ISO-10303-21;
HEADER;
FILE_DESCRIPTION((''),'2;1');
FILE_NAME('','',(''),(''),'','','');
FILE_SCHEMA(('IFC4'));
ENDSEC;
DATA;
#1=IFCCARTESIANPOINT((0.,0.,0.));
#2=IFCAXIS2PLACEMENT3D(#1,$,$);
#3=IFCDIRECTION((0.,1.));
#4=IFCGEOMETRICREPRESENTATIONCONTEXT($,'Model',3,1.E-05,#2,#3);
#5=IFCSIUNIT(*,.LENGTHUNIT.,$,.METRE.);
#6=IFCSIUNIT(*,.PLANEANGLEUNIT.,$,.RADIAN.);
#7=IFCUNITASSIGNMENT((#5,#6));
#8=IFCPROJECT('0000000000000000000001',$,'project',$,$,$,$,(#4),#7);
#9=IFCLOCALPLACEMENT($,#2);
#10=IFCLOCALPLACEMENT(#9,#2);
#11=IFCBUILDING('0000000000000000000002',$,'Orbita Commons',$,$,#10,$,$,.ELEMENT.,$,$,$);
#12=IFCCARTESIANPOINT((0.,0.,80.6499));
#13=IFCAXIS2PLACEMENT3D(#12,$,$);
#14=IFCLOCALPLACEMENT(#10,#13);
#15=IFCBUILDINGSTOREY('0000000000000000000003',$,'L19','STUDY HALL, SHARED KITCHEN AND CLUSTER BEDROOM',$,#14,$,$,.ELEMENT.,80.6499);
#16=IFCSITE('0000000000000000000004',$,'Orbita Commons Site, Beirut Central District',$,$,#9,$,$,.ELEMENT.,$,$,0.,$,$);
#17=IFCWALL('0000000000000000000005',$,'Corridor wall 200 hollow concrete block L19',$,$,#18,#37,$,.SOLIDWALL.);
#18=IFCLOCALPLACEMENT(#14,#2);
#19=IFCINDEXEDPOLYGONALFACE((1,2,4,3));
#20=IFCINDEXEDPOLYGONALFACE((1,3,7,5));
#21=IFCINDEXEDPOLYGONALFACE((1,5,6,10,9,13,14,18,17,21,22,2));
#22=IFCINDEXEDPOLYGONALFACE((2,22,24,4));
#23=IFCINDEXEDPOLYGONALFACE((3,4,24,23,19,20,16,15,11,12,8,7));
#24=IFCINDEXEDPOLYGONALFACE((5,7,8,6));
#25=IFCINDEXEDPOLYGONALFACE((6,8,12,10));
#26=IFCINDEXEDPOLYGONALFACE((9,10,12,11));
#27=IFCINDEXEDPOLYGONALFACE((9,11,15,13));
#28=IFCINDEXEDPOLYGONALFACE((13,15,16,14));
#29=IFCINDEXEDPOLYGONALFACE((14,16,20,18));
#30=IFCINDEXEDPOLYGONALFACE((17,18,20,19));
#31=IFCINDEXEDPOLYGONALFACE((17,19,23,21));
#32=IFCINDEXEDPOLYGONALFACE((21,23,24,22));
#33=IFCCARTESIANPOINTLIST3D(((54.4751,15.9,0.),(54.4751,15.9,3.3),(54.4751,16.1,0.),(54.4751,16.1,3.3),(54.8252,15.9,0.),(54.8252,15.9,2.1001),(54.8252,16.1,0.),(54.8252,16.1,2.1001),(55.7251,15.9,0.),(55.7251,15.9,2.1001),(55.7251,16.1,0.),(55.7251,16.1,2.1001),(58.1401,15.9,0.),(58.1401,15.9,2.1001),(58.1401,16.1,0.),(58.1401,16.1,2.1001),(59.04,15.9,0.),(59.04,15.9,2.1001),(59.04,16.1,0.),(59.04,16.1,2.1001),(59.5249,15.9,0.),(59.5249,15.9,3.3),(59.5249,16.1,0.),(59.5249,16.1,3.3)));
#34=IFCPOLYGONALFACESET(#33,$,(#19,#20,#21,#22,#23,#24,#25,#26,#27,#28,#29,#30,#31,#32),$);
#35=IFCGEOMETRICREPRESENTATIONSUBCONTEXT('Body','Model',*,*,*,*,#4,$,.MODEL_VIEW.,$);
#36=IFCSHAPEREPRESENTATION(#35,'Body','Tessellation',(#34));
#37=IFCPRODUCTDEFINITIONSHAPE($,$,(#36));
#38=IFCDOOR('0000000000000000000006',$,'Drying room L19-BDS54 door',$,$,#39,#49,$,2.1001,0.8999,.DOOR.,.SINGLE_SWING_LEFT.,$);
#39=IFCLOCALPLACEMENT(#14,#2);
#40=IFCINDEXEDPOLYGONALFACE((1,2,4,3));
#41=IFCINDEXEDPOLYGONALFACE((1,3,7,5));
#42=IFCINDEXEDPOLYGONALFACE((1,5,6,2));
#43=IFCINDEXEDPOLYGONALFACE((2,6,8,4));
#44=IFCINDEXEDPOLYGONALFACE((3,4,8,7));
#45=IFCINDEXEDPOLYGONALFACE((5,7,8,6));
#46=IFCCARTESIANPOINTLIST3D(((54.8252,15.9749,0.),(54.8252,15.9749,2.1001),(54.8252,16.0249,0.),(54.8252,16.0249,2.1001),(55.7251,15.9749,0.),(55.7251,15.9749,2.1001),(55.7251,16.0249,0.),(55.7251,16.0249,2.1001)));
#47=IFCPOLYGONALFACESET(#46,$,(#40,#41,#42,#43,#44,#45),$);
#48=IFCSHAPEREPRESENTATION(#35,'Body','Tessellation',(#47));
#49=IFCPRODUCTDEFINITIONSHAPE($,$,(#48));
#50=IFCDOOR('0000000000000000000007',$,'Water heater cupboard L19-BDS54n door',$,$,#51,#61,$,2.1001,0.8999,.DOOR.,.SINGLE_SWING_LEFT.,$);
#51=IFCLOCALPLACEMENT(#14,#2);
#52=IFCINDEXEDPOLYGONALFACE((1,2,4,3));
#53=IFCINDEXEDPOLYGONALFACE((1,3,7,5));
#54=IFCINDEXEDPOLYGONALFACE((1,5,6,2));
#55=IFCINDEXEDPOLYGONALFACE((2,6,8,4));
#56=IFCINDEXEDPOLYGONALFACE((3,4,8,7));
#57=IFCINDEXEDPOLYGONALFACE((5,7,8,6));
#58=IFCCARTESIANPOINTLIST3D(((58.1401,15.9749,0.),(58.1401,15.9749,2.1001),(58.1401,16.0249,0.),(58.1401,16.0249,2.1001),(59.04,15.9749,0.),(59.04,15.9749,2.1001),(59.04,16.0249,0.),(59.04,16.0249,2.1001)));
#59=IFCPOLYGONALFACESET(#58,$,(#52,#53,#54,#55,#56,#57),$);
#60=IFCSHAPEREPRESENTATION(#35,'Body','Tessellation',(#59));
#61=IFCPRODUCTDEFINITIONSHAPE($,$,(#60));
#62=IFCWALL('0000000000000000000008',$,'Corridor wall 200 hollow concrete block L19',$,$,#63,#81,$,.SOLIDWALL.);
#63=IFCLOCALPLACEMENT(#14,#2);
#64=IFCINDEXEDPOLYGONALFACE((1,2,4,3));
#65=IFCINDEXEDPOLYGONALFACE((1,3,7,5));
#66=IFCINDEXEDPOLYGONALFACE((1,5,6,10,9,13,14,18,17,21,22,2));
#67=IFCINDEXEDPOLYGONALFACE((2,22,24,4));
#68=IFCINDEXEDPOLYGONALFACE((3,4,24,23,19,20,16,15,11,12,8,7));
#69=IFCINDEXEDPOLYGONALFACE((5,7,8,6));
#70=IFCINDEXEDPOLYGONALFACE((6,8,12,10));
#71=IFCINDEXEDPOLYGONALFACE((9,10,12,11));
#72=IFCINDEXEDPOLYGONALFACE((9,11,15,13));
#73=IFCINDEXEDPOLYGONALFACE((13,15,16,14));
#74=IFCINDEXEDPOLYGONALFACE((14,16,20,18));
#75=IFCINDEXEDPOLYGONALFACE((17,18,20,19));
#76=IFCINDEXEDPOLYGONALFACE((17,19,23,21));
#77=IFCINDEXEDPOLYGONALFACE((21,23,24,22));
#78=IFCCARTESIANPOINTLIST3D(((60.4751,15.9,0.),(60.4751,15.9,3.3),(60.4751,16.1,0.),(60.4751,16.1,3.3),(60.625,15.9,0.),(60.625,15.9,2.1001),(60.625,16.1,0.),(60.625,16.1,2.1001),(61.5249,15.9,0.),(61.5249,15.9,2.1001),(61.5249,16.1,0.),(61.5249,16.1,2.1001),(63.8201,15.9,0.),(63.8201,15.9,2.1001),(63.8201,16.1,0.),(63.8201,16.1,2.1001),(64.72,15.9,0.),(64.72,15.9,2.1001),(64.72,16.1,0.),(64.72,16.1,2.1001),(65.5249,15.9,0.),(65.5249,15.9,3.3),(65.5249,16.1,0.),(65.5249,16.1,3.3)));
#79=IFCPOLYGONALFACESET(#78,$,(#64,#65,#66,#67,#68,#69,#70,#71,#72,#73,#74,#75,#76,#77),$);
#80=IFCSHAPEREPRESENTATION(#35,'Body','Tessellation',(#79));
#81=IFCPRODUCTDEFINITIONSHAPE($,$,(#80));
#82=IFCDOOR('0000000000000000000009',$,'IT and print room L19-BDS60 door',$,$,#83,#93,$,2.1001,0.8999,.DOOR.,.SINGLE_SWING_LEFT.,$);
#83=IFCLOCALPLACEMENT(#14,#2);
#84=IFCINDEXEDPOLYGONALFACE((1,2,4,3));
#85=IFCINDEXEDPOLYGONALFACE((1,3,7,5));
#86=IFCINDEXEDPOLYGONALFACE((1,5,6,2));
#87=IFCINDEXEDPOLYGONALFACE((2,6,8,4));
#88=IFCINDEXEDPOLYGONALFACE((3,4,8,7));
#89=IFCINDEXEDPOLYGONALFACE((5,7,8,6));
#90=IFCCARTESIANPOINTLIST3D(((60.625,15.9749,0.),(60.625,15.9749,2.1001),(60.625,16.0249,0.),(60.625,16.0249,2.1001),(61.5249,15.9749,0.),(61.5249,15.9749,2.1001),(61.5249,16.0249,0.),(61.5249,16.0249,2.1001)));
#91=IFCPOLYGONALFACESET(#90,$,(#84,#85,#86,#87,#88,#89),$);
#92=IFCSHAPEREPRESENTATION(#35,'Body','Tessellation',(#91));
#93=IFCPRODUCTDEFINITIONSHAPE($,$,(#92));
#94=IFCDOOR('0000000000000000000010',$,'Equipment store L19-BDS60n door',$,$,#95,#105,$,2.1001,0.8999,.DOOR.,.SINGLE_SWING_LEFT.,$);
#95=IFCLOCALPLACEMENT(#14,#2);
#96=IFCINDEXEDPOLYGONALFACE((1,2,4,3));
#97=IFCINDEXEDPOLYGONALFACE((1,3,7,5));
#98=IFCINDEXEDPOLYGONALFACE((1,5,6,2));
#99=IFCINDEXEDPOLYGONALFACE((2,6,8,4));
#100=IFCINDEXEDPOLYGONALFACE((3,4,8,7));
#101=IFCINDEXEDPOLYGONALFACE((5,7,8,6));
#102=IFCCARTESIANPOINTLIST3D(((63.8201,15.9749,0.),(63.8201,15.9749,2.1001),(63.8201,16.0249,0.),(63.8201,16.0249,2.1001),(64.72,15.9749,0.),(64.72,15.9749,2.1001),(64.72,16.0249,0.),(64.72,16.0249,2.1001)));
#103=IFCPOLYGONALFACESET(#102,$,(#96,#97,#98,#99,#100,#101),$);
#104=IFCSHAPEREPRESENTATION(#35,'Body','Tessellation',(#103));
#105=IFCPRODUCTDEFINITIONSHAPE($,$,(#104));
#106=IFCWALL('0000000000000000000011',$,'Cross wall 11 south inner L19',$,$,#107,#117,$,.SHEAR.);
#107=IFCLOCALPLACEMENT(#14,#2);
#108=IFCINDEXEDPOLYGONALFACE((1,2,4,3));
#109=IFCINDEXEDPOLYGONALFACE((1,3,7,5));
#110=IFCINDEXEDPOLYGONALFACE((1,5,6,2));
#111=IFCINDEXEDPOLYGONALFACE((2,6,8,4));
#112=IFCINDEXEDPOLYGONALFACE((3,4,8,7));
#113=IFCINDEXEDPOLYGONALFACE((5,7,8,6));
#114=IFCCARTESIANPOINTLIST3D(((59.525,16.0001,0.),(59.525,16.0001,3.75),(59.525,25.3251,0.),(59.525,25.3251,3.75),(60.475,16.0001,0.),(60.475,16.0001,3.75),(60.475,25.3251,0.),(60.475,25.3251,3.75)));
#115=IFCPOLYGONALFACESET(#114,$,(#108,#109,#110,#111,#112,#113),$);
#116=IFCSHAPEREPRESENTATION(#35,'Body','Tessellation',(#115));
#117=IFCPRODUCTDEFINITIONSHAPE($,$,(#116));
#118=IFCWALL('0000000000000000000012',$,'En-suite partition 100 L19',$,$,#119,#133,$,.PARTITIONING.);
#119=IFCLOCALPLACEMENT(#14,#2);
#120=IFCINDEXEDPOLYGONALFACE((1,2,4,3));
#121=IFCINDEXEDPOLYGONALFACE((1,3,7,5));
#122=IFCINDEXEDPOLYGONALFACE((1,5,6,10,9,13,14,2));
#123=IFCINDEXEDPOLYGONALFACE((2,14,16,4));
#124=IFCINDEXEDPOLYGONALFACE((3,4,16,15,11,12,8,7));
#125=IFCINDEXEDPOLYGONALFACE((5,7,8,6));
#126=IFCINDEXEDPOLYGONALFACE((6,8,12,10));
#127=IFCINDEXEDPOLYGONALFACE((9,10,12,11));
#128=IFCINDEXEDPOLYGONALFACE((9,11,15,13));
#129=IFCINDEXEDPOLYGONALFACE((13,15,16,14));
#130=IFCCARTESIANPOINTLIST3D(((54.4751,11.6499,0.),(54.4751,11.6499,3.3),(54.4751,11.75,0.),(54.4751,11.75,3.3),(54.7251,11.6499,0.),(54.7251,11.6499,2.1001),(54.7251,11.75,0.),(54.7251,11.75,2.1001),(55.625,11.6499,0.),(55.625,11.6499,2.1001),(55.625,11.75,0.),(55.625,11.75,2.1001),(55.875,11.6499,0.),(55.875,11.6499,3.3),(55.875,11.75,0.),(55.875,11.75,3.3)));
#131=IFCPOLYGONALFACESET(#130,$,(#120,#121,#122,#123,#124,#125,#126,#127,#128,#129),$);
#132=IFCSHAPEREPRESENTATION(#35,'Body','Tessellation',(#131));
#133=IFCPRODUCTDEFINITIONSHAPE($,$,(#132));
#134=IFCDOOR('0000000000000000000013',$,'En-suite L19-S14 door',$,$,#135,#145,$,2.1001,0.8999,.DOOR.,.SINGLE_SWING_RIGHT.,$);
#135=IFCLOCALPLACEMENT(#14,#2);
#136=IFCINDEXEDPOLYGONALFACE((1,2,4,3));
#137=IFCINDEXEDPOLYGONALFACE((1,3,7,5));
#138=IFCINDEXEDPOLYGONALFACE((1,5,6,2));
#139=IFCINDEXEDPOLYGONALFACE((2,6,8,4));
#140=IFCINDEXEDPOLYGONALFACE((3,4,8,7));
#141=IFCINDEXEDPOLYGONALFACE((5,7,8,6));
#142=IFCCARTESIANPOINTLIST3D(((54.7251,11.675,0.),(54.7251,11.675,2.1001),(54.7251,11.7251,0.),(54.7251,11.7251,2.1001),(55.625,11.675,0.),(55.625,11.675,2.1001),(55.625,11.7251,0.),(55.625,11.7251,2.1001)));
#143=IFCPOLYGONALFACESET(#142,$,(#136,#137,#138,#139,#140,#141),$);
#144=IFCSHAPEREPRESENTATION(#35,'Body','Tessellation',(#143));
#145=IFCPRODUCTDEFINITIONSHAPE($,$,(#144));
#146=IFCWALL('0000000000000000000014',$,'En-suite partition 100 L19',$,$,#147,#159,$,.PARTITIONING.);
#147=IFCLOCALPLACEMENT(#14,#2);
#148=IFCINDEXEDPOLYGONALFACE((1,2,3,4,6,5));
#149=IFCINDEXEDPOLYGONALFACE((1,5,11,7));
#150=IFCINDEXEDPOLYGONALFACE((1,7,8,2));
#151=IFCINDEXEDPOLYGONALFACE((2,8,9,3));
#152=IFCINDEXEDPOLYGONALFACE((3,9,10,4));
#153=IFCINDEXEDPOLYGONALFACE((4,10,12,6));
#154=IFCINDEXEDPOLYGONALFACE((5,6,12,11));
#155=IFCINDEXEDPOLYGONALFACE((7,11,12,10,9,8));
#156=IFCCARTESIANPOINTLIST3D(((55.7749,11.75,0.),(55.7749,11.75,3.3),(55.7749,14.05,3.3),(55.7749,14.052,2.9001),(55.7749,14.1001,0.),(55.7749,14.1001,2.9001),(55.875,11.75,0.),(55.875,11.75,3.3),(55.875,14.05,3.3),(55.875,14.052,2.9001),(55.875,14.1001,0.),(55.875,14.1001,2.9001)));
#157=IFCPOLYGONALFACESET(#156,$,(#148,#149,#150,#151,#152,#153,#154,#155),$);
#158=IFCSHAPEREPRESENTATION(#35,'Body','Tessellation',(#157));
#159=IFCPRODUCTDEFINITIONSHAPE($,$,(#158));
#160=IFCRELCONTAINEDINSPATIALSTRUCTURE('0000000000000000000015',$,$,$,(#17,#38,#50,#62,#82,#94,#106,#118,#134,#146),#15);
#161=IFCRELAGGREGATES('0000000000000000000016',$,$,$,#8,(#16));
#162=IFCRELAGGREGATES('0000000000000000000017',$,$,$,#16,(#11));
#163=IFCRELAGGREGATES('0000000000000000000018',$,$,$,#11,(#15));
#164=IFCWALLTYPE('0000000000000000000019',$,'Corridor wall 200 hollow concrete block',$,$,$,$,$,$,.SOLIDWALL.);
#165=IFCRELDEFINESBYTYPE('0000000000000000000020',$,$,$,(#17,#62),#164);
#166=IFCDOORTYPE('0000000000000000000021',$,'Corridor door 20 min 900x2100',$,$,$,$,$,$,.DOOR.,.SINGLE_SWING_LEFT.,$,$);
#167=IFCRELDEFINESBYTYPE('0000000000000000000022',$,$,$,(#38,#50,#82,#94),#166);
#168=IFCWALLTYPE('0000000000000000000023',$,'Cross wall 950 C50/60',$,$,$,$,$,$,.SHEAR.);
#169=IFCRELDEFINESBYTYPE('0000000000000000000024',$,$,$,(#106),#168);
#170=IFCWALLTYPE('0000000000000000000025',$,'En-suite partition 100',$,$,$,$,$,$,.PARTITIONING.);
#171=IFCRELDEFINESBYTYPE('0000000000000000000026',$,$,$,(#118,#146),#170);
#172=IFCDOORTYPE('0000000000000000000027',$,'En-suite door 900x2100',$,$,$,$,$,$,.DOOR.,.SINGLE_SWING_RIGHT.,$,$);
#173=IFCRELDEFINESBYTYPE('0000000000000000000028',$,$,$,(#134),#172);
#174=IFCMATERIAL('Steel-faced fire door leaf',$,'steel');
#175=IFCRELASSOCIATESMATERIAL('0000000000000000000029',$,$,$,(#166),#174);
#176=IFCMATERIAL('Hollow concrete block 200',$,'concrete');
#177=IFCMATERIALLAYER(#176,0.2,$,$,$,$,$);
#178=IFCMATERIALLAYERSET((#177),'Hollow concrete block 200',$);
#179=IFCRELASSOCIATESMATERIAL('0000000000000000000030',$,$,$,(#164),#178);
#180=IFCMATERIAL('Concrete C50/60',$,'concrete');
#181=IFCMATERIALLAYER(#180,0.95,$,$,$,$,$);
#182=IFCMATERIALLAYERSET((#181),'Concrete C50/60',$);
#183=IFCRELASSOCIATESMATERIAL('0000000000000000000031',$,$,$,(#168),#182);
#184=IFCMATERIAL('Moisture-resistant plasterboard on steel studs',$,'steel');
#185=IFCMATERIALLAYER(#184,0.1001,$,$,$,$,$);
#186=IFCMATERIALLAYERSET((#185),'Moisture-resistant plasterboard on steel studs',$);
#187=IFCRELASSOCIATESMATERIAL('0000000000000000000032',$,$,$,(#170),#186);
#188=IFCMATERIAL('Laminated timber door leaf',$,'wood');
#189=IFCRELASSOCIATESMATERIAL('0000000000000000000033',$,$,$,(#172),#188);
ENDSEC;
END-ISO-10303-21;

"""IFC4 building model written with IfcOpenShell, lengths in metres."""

from ifc_helpers import new_model, si_unit, direction, frame, frame_2d, origin, place, context, subcontext, project, spatial, polyline, rectangle, outline, extrude, material, layer, layer_set, type_object, element, fill, save


model = new_model("IFC4")

# Units and contexts
model_context = context("Model", 3, precision=1e-05, world=origin(), true_north=direction((0.0, 1.0)))
body_context = subcontext(model_context, "Body", "Model", "MODEL_VIEW")
ifc_project = project(units=[si_unit("LENGTHUNIT", "METRE"), si_unit("PLANEANGLEUNIT", "RADIAN")], contexts=[model_context])

# Site, building, storey
site_placement = place(None, origin())
site = spatial("IfcSite", under=ifc_project, at=site_placement, Name="Orbita Commons Site, Beirut Central District", CompositionType="ELEMENT", RefElevation=0.0)
building_placement = place(site_placement, origin())
building = spatial("IfcBuilding", under=site, at=building_placement, Name="Orbita Commons", CompositionType="ELEMENT")
storey_placement = place(building_placement, frame((0.0, 0.0, 80.6499)))
storey = spatial("IfcBuildingStorey", under=building, at=storey_placement, Name="L19", Description="STUDY HALL, SHARED KITCHEN AND CLUSTER BEDROOM", CompositionType="ELEMENT", Elevation=80.6499)

# Walls, openings, doors
ifc_material_1 = material(Name="Steel-faced fire door leaf", Category="steel")
door_type_1 = type_object("IfcDoorType", Name="Corridor door 20 min 900x2100", OperationType="SINGLE_SWING_LEFT", PredefinedType="DOOR", material=ifc_material_1)
ifc_material_2 = material(Name="Hollow concrete block 200", Category="concrete")
ifc_layer_1 = layer(ifc_material_2, 0.2)
ifc_layer_set_1 = layer_set([ifc_layer_1], Name="Hollow concrete block 200")
wall_type_1 = type_object("IfcWallType", Name="Corridor wall 200 hollow concrete block", PredefinedType="SOLIDWALL", material=ifc_layer_set_1)
wall_1_placement = place(storey_placement, frame((54.4751, 16.0, 0.0), z_axis=(0.0, 0.0, 1.0), x_axis=(1.0, 0.0, 0.0)))
wall_1 = element("IfcWall", 1, at=wall_1_placement, inside=storey, type_object=wall_type_1, Name="Corridor wall 200 hollow concrete block L19", PredefinedType="SOLIDWALL", context=body_context, shape_type="SweptSolid", body=[
    extrude(rectangle(XDim=5.0498, YDim=0.2, at=frame_2d((2.5249, 0.0))), origin(), (0.0, 0.0, 1.0), 3.3),
])
opening_1_placement = place(wall_1_placement, frame((0.3501, 0.0, 0.0)))
opening_1 = element("IfcOpeningElement", 2, at=opening_1_placement, cuts=wall_1, PredefinedType="OPENING", context=body_context, shape_type="SweptSolid", body=[
    extrude(rectangle(XDim=0.8999, YDim=2.1001, at=frame_2d((0.45, 1.05))), frame((0.0, 0.1099, 0.0), z_axis=(0.0, -1.0, 0.0), x_axis=(1.0, 0.0, 0.0)), (0.0, 0.0, 1.0), 0.22),
])
opening_2_placement = place(wall_1_placement, frame((3.665, 0.0, 0.0)))
opening_2 = element("IfcOpeningElement", 3, at=opening_2_placement, cuts=wall_1, PredefinedType="OPENING", context=body_context, shape_type="SweptSolid", body=[
    extrude(rectangle(XDim=0.8999, YDim=2.1001, at=frame_2d((0.45, 1.05))), frame((0.0, 0.1099, 0.0), z_axis=(0.0, -1.0, 0.0), x_axis=(1.0, 0.0, 0.0)), (0.0, 0.0, 1.0), 0.22),
])
door_1_placement = place(opening_1_placement, origin())
door_1 = element("IfcDoor", 4, at=door_1_placement, inside=storey, type_object=door_type_1, Name="Drying room L19-BDS54 door", OperationType="SINGLE_SWING_LEFT", OverallHeight=2.1001, OverallWidth=0.8999, PredefinedType="DOOR", context=body_context, shape_type="SweptSolid", body=[
    extrude(rectangle(XDim=0.8999, YDim=2.1001, at=frame_2d((0.45, 1.05))), frame((0.0, 0.0249, 0.0), z_axis=(0.0, -1.0, 0.0), x_axis=(1.0, 0.0, 0.0)), (0.0, 0.0, 1.0), 0.05),
])
fill(opening_1, door_1)
door_2_placement = place(opening_2_placement, origin())
door_2 = element("IfcDoor", 5, at=door_2_placement, inside=storey, type_object=door_type_1, Name="Water heater cupboard L19-BDS54n door", OperationType="SINGLE_SWING_LEFT", OverallHeight=2.1001, OverallWidth=0.8999, PredefinedType="DOOR", context=body_context, shape_type="SweptSolid", body=[
    extrude(rectangle(XDim=0.8999, YDim=2.1001, at=frame_2d((0.45, 1.05))), frame((0.0, 0.0249, 0.0), z_axis=(0.0, -1.0, 0.0), x_axis=(1.0, 0.0, 0.0)), (0.0, 0.0, 1.0), 0.05),
])
fill(opening_2, door_2)
wall_2_placement = place(storey_placement, frame((60.4751, 16.0, 0.0), z_axis=(0.0, 0.0, 1.0), x_axis=(1.0, 0.0, 0.0)))
wall_2 = element("IfcWall", 6, at=wall_2_placement, inside=storey, type_object=wall_type_1, Name="Corridor wall 200 hollow concrete block L19", PredefinedType="SOLIDWALL", context=body_context, shape_type="SweptSolid", body=[
    extrude(rectangle(XDim=5.0498, YDim=0.2, at=frame_2d((2.5249, 0.0))), origin(), (0.0, 0.0, 1.0), 3.3),
])
opening_3_placement = place(wall_2_placement, frame((0.1499, 0.0, 0.0)))
opening_3 = element("IfcOpeningElement", 7, at=opening_3_placement, cuts=wall_2, PredefinedType="OPENING", context=body_context, shape_type="SweptSolid", body=[
    extrude(rectangle(XDim=0.8999, YDim=2.1001, at=frame_2d((0.45, 1.05))), frame((0.0, 0.1099, 0.0), z_axis=(0.0, -1.0, 0.0), x_axis=(1.0, 0.0, 0.0)), (0.0, 0.0, 1.0), 0.22),
])
opening_4_placement = place(wall_2_placement, frame((3.345, 0.0, 0.0)))
opening_4 = element("IfcOpeningElement", 8, at=opening_4_placement, cuts=wall_2, PredefinedType="OPENING", context=body_context, shape_type="SweptSolid", body=[
    extrude(rectangle(XDim=0.8999, YDim=2.1001, at=frame_2d((0.45, 1.05))), frame((0.0, 0.1099, 0.0), z_axis=(0.0, -1.0, 0.0), x_axis=(1.0, 0.0, 0.0)), (0.0, 0.0, 1.0), 0.22),
])
door_3_placement = place(opening_3_placement, origin())
door_3 = element("IfcDoor", 9, at=door_3_placement, inside=storey, type_object=door_type_1, Name="IT and print room L19-BDS60 door", OperationType="SINGLE_SWING_LEFT", OverallHeight=2.1001, OverallWidth=0.8999, PredefinedType="DOOR", context=body_context, shape_type="SweptSolid", body=[
    extrude(rectangle(XDim=0.8999, YDim=2.1001, at=frame_2d((0.45, 1.05))), frame((0.0, 0.0249, 0.0), z_axis=(0.0, -1.0, 0.0), x_axis=(1.0, 0.0, 0.0)), (0.0, 0.0, 1.0), 0.05),
])
fill(opening_3, door_3)
door_4_placement = place(opening_4_placement, origin())
door_4 = element("IfcDoor", 10, at=door_4_placement, inside=storey, type_object=door_type_1, Name="Equipment store L19-BDS60n door", OperationType="SINGLE_SWING_LEFT", OverallHeight=2.1001, OverallWidth=0.8999, PredefinedType="DOOR", context=body_context, shape_type="SweptSolid", body=[
    extrude(rectangle(XDim=0.8999, YDim=2.1001, at=frame_2d((0.45, 1.05))), frame((0.0, 0.0249, 0.0), z_axis=(0.0, -1.0, 0.0), x_axis=(1.0, 0.0, 0.0)), (0.0, 0.0, 1.0), 0.05),
])
fill(opening_4, door_4)

# Wall
ifc_material_3 = material(Name="Concrete C50/60", Category="concrete")
ifc_layer_2 = layer(ifc_material_3, 0.95)
ifc_layer_set_2 = layer_set([ifc_layer_2], Name="Concrete C50/60")
wall_type_2 = type_object("IfcWallType", Name="Cross wall 950 C50/60", PredefinedType="SHEAR", material=ifc_layer_set_2)
wall_3_placement = place(storey_placement, frame((60.0, 16.0, 0.0), z_axis=(0.0, 0.0, 1.0), x_axis=(0.0, 1.0, 0.0)))
element("IfcWall", 11, at=wall_3_placement, inside=storey, type_object=wall_type_2, Name="Cross wall 11 south inner L19", PredefinedType="SHEAR", context=body_context, shape_type="SweptSolid", body=[
    extrude(rectangle(XDim=9.325, YDim=0.95, at=frame_2d((4.6626, 0.0))), origin(), (0.0, 0.0, 1.0), 3.75),
])

# Wall, opening, door
ifc_material_4 = material(Name="Moisture-resistant plasterboard on steel studs", Category="steel")
ifc_layer_3 = layer(ifc_material_4, 0.1001)
ifc_layer_set_3 = layer_set([ifc_layer_3], Name="Moisture-resistant plasterboard on steel studs")
wall_type_3 = type_object("IfcWallType", Name="En-suite partition 100", PredefinedType="PARTITIONING", material=ifc_layer_set_3)
wall_4_placement = place(storey_placement, frame((55.875, 11.7, 0.0), z_axis=(0.0, 0.0, 1.0), x_axis=(-1.0, 0.0, 0.0)))
wall_4 = element("IfcWall", 12, at=wall_4_placement, inside=storey, type_object=wall_type_3, Name="En-suite partition 100 L19", PredefinedType="PARTITIONING", context=body_context, shape_type="SweptSolid", body=[
    extrude(rectangle(XDim=1.3999, YDim=0.1001, at=frame_2d((0.7, 0.0))), origin(), (0.0, 0.0, 1.0), 3.3),
])
opening_5_placement = place(wall_4_placement, frame((0.25, 0.0, 0.0)))
opening_5 = element("IfcOpeningElement", 13, at=opening_5_placement, cuts=wall_4, PredefinedType="OPENING", context=body_context, shape_type="SweptSolid", body=[
    extrude(rectangle(XDim=0.8999, YDim=2.1001, at=frame_2d((0.45, 1.05))), frame((0.0, 0.0601, 0.0), z_axis=(0.0, -1.0, 0.0), x_axis=(1.0, 0.0, 0.0)), (0.0, 0.0, 1.0), 0.1201),
])
ifc_material_5 = material(Name="Laminated timber door leaf", Category="wood")
door_type_2 = type_object("IfcDoorType", Name="En-suite door 900x2100", OperationType="SINGLE_SWING_RIGHT", PredefinedType="DOOR", material=ifc_material_5)
door_5_placement = place(opening_5_placement, origin())
door_5 = element("IfcDoor", 14, at=door_5_placement, inside=storey, type_object=door_type_2, Name="En-suite L19-S14 door", OperationType="SINGLE_SWING_RIGHT", OverallHeight=2.1001, OverallWidth=0.8999, PredefinedType="DOOR", context=body_context, shape_type="SweptSolid", body=[
    extrude(rectangle(XDim=0.8999, YDim=2.1001, at=frame_2d((0.45, 1.05))), frame((0.0, 0.0249, 0.0), z_axis=(0.0, -1.0, 0.0), x_axis=(1.0, 0.0, 0.0)), (0.0, 0.0, 1.0), 0.05),
])
fill(opening_5, door_5)

# Wall
wall_5_placement = place(storey_placement, frame((55.825, 11.75, 0.0), z_axis=(0.0, 0.0, 1.0), x_axis=(0.0, 1.0, 0.0)))
element("IfcWall", 15, at=wall_5_placement, inside=storey, type_object=wall_type_3, Name="En-suite partition 100 L19", PredefinedType="PARTITIONING", context=body_context, shape_type="SweptSolid", body=[
    extrude(outline(polyline([(0.0, 0.0), (2.3501, 0.0), (2.3501, 2.9001), (2.302, 2.9001), (2.3, 3.3), (0.0, 3.3), (0.0, 0.0)])), frame((0.0, 0.05, 0.0), z_axis=(0.0, -1.0, 0.0), x_axis=(1.0, 0.0, 0.0)), (0.0, 0.0, 1.0), 0.1001),
])

save(model, "model.ifc")
